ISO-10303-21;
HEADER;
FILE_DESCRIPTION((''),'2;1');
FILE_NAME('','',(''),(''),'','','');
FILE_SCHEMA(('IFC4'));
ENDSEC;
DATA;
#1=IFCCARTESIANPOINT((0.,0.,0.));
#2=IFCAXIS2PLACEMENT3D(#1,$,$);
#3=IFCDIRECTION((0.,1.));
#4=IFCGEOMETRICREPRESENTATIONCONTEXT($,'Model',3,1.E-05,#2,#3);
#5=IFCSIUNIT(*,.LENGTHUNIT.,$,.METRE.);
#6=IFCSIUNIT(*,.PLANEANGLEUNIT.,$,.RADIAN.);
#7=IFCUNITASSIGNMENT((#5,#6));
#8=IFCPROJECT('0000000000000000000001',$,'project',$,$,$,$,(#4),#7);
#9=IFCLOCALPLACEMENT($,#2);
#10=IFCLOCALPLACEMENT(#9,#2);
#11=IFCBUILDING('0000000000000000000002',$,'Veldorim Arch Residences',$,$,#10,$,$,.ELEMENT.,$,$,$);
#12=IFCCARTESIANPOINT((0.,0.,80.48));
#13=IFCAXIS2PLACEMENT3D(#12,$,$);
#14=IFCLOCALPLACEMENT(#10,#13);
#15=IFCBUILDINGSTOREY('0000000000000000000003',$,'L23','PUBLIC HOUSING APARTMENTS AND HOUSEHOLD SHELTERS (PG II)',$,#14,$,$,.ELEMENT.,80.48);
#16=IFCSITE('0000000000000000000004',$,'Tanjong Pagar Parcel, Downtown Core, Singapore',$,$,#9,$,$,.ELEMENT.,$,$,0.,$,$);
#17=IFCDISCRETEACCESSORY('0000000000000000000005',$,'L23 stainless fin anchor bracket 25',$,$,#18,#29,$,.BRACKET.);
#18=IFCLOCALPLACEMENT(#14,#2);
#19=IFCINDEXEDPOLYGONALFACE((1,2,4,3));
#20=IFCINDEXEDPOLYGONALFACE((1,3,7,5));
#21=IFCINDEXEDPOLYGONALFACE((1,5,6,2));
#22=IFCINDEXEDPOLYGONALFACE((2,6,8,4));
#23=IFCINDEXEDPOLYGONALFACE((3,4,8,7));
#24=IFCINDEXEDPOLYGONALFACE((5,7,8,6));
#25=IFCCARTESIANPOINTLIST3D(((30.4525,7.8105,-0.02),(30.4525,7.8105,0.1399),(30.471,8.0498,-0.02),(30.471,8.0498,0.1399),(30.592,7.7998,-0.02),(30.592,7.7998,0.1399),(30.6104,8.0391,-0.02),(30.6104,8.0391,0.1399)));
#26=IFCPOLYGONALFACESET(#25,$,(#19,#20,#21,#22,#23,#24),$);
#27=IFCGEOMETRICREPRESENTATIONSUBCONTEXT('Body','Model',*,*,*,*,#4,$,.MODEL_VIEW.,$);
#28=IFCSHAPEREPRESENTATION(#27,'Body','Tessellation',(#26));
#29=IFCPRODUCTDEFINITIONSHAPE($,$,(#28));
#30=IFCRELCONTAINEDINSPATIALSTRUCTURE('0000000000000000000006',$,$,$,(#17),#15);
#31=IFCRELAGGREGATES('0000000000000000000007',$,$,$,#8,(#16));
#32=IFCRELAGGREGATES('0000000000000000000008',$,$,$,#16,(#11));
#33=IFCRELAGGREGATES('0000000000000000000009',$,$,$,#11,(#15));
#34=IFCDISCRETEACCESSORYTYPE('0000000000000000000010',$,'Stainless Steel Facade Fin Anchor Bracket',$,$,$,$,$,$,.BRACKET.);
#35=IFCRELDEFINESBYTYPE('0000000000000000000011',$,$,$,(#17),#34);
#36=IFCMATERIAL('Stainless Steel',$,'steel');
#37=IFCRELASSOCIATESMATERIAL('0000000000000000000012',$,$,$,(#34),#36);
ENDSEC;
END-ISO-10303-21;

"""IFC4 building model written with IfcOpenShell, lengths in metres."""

from ifc_helpers import new_model, si_unit, direction, frame, origin, origin_2d, place, context, subcontext, project, spatial, rectangle, extrude, material, type_object, element, save


model = new_model("IFC4")

# Units and contexts
model_context = context("Model", 3, precision=1e-05, world=origin(), true_north=direction((0.0, 1.0)))
body_context = subcontext(model_context, "Body", "Model", "MODEL_VIEW")
ifc_project = project(units=[si_unit("LENGTHUNIT", "METRE"), si_unit("PLANEANGLEUNIT", "RADIAN")], contexts=[model_context])

# Site, building, storey
site_placement = place(None, origin())
site = spatial("IfcSite", under=ifc_project, at=site_placement, Name="Tanjong Pagar Parcel, Downtown Core, Singapore", CompositionType="ELEMENT", RefElevation=0.0)
building_placement = place(site_placement, origin())
building = spatial("IfcBuilding", under=site, at=building_placement, Name="Veldorim Arch Residences", CompositionType="ELEMENT")
storey_placement = place(building_placement, frame((0.0, 0.0, 80.48)))
storey = spatial("IfcBuildingStorey", under=building, at=storey_placement, Name="L23", Description="PUBLIC HOUSING APARTMENTS AND HOUSEHOLD SHELTERS (PG II)", CompositionType="ELEMENT", Elevation=80.48)

# Discrete accessory
ifc_material_1 = material(Name="Stainless Steel", Category="steel")
discrete_accessory_type = type_object("IfcDiscreteAccessoryType", Name="Stainless Steel Facade Fin Anchor Bracket", PredefinedType="BRACKET", material=ifc_material_1)
discrete_accessory_placement = place(storey_placement, frame((30.5315, 7.9248, -0.02), z_axis=(0.0, 0.0, 1.0), x_axis=(-0.997053, 0.076719, 0.0)))
element("IfcDiscreteAccessory", 1, at=discrete_accessory_placement, inside=storey, type_object=discrete_accessory_type, Name="L23 stainless fin anchor bracket 25", PredefinedType="BRACKET", context=body_context, shape_type="SweptSolid", body=[
    extrude(rectangle(XDim=0.1399, YDim=0.24, at=origin_2d()), origin(), (0.0, 0.0, 1.0), 0.1599),
])

save(model, "model.ifc")
